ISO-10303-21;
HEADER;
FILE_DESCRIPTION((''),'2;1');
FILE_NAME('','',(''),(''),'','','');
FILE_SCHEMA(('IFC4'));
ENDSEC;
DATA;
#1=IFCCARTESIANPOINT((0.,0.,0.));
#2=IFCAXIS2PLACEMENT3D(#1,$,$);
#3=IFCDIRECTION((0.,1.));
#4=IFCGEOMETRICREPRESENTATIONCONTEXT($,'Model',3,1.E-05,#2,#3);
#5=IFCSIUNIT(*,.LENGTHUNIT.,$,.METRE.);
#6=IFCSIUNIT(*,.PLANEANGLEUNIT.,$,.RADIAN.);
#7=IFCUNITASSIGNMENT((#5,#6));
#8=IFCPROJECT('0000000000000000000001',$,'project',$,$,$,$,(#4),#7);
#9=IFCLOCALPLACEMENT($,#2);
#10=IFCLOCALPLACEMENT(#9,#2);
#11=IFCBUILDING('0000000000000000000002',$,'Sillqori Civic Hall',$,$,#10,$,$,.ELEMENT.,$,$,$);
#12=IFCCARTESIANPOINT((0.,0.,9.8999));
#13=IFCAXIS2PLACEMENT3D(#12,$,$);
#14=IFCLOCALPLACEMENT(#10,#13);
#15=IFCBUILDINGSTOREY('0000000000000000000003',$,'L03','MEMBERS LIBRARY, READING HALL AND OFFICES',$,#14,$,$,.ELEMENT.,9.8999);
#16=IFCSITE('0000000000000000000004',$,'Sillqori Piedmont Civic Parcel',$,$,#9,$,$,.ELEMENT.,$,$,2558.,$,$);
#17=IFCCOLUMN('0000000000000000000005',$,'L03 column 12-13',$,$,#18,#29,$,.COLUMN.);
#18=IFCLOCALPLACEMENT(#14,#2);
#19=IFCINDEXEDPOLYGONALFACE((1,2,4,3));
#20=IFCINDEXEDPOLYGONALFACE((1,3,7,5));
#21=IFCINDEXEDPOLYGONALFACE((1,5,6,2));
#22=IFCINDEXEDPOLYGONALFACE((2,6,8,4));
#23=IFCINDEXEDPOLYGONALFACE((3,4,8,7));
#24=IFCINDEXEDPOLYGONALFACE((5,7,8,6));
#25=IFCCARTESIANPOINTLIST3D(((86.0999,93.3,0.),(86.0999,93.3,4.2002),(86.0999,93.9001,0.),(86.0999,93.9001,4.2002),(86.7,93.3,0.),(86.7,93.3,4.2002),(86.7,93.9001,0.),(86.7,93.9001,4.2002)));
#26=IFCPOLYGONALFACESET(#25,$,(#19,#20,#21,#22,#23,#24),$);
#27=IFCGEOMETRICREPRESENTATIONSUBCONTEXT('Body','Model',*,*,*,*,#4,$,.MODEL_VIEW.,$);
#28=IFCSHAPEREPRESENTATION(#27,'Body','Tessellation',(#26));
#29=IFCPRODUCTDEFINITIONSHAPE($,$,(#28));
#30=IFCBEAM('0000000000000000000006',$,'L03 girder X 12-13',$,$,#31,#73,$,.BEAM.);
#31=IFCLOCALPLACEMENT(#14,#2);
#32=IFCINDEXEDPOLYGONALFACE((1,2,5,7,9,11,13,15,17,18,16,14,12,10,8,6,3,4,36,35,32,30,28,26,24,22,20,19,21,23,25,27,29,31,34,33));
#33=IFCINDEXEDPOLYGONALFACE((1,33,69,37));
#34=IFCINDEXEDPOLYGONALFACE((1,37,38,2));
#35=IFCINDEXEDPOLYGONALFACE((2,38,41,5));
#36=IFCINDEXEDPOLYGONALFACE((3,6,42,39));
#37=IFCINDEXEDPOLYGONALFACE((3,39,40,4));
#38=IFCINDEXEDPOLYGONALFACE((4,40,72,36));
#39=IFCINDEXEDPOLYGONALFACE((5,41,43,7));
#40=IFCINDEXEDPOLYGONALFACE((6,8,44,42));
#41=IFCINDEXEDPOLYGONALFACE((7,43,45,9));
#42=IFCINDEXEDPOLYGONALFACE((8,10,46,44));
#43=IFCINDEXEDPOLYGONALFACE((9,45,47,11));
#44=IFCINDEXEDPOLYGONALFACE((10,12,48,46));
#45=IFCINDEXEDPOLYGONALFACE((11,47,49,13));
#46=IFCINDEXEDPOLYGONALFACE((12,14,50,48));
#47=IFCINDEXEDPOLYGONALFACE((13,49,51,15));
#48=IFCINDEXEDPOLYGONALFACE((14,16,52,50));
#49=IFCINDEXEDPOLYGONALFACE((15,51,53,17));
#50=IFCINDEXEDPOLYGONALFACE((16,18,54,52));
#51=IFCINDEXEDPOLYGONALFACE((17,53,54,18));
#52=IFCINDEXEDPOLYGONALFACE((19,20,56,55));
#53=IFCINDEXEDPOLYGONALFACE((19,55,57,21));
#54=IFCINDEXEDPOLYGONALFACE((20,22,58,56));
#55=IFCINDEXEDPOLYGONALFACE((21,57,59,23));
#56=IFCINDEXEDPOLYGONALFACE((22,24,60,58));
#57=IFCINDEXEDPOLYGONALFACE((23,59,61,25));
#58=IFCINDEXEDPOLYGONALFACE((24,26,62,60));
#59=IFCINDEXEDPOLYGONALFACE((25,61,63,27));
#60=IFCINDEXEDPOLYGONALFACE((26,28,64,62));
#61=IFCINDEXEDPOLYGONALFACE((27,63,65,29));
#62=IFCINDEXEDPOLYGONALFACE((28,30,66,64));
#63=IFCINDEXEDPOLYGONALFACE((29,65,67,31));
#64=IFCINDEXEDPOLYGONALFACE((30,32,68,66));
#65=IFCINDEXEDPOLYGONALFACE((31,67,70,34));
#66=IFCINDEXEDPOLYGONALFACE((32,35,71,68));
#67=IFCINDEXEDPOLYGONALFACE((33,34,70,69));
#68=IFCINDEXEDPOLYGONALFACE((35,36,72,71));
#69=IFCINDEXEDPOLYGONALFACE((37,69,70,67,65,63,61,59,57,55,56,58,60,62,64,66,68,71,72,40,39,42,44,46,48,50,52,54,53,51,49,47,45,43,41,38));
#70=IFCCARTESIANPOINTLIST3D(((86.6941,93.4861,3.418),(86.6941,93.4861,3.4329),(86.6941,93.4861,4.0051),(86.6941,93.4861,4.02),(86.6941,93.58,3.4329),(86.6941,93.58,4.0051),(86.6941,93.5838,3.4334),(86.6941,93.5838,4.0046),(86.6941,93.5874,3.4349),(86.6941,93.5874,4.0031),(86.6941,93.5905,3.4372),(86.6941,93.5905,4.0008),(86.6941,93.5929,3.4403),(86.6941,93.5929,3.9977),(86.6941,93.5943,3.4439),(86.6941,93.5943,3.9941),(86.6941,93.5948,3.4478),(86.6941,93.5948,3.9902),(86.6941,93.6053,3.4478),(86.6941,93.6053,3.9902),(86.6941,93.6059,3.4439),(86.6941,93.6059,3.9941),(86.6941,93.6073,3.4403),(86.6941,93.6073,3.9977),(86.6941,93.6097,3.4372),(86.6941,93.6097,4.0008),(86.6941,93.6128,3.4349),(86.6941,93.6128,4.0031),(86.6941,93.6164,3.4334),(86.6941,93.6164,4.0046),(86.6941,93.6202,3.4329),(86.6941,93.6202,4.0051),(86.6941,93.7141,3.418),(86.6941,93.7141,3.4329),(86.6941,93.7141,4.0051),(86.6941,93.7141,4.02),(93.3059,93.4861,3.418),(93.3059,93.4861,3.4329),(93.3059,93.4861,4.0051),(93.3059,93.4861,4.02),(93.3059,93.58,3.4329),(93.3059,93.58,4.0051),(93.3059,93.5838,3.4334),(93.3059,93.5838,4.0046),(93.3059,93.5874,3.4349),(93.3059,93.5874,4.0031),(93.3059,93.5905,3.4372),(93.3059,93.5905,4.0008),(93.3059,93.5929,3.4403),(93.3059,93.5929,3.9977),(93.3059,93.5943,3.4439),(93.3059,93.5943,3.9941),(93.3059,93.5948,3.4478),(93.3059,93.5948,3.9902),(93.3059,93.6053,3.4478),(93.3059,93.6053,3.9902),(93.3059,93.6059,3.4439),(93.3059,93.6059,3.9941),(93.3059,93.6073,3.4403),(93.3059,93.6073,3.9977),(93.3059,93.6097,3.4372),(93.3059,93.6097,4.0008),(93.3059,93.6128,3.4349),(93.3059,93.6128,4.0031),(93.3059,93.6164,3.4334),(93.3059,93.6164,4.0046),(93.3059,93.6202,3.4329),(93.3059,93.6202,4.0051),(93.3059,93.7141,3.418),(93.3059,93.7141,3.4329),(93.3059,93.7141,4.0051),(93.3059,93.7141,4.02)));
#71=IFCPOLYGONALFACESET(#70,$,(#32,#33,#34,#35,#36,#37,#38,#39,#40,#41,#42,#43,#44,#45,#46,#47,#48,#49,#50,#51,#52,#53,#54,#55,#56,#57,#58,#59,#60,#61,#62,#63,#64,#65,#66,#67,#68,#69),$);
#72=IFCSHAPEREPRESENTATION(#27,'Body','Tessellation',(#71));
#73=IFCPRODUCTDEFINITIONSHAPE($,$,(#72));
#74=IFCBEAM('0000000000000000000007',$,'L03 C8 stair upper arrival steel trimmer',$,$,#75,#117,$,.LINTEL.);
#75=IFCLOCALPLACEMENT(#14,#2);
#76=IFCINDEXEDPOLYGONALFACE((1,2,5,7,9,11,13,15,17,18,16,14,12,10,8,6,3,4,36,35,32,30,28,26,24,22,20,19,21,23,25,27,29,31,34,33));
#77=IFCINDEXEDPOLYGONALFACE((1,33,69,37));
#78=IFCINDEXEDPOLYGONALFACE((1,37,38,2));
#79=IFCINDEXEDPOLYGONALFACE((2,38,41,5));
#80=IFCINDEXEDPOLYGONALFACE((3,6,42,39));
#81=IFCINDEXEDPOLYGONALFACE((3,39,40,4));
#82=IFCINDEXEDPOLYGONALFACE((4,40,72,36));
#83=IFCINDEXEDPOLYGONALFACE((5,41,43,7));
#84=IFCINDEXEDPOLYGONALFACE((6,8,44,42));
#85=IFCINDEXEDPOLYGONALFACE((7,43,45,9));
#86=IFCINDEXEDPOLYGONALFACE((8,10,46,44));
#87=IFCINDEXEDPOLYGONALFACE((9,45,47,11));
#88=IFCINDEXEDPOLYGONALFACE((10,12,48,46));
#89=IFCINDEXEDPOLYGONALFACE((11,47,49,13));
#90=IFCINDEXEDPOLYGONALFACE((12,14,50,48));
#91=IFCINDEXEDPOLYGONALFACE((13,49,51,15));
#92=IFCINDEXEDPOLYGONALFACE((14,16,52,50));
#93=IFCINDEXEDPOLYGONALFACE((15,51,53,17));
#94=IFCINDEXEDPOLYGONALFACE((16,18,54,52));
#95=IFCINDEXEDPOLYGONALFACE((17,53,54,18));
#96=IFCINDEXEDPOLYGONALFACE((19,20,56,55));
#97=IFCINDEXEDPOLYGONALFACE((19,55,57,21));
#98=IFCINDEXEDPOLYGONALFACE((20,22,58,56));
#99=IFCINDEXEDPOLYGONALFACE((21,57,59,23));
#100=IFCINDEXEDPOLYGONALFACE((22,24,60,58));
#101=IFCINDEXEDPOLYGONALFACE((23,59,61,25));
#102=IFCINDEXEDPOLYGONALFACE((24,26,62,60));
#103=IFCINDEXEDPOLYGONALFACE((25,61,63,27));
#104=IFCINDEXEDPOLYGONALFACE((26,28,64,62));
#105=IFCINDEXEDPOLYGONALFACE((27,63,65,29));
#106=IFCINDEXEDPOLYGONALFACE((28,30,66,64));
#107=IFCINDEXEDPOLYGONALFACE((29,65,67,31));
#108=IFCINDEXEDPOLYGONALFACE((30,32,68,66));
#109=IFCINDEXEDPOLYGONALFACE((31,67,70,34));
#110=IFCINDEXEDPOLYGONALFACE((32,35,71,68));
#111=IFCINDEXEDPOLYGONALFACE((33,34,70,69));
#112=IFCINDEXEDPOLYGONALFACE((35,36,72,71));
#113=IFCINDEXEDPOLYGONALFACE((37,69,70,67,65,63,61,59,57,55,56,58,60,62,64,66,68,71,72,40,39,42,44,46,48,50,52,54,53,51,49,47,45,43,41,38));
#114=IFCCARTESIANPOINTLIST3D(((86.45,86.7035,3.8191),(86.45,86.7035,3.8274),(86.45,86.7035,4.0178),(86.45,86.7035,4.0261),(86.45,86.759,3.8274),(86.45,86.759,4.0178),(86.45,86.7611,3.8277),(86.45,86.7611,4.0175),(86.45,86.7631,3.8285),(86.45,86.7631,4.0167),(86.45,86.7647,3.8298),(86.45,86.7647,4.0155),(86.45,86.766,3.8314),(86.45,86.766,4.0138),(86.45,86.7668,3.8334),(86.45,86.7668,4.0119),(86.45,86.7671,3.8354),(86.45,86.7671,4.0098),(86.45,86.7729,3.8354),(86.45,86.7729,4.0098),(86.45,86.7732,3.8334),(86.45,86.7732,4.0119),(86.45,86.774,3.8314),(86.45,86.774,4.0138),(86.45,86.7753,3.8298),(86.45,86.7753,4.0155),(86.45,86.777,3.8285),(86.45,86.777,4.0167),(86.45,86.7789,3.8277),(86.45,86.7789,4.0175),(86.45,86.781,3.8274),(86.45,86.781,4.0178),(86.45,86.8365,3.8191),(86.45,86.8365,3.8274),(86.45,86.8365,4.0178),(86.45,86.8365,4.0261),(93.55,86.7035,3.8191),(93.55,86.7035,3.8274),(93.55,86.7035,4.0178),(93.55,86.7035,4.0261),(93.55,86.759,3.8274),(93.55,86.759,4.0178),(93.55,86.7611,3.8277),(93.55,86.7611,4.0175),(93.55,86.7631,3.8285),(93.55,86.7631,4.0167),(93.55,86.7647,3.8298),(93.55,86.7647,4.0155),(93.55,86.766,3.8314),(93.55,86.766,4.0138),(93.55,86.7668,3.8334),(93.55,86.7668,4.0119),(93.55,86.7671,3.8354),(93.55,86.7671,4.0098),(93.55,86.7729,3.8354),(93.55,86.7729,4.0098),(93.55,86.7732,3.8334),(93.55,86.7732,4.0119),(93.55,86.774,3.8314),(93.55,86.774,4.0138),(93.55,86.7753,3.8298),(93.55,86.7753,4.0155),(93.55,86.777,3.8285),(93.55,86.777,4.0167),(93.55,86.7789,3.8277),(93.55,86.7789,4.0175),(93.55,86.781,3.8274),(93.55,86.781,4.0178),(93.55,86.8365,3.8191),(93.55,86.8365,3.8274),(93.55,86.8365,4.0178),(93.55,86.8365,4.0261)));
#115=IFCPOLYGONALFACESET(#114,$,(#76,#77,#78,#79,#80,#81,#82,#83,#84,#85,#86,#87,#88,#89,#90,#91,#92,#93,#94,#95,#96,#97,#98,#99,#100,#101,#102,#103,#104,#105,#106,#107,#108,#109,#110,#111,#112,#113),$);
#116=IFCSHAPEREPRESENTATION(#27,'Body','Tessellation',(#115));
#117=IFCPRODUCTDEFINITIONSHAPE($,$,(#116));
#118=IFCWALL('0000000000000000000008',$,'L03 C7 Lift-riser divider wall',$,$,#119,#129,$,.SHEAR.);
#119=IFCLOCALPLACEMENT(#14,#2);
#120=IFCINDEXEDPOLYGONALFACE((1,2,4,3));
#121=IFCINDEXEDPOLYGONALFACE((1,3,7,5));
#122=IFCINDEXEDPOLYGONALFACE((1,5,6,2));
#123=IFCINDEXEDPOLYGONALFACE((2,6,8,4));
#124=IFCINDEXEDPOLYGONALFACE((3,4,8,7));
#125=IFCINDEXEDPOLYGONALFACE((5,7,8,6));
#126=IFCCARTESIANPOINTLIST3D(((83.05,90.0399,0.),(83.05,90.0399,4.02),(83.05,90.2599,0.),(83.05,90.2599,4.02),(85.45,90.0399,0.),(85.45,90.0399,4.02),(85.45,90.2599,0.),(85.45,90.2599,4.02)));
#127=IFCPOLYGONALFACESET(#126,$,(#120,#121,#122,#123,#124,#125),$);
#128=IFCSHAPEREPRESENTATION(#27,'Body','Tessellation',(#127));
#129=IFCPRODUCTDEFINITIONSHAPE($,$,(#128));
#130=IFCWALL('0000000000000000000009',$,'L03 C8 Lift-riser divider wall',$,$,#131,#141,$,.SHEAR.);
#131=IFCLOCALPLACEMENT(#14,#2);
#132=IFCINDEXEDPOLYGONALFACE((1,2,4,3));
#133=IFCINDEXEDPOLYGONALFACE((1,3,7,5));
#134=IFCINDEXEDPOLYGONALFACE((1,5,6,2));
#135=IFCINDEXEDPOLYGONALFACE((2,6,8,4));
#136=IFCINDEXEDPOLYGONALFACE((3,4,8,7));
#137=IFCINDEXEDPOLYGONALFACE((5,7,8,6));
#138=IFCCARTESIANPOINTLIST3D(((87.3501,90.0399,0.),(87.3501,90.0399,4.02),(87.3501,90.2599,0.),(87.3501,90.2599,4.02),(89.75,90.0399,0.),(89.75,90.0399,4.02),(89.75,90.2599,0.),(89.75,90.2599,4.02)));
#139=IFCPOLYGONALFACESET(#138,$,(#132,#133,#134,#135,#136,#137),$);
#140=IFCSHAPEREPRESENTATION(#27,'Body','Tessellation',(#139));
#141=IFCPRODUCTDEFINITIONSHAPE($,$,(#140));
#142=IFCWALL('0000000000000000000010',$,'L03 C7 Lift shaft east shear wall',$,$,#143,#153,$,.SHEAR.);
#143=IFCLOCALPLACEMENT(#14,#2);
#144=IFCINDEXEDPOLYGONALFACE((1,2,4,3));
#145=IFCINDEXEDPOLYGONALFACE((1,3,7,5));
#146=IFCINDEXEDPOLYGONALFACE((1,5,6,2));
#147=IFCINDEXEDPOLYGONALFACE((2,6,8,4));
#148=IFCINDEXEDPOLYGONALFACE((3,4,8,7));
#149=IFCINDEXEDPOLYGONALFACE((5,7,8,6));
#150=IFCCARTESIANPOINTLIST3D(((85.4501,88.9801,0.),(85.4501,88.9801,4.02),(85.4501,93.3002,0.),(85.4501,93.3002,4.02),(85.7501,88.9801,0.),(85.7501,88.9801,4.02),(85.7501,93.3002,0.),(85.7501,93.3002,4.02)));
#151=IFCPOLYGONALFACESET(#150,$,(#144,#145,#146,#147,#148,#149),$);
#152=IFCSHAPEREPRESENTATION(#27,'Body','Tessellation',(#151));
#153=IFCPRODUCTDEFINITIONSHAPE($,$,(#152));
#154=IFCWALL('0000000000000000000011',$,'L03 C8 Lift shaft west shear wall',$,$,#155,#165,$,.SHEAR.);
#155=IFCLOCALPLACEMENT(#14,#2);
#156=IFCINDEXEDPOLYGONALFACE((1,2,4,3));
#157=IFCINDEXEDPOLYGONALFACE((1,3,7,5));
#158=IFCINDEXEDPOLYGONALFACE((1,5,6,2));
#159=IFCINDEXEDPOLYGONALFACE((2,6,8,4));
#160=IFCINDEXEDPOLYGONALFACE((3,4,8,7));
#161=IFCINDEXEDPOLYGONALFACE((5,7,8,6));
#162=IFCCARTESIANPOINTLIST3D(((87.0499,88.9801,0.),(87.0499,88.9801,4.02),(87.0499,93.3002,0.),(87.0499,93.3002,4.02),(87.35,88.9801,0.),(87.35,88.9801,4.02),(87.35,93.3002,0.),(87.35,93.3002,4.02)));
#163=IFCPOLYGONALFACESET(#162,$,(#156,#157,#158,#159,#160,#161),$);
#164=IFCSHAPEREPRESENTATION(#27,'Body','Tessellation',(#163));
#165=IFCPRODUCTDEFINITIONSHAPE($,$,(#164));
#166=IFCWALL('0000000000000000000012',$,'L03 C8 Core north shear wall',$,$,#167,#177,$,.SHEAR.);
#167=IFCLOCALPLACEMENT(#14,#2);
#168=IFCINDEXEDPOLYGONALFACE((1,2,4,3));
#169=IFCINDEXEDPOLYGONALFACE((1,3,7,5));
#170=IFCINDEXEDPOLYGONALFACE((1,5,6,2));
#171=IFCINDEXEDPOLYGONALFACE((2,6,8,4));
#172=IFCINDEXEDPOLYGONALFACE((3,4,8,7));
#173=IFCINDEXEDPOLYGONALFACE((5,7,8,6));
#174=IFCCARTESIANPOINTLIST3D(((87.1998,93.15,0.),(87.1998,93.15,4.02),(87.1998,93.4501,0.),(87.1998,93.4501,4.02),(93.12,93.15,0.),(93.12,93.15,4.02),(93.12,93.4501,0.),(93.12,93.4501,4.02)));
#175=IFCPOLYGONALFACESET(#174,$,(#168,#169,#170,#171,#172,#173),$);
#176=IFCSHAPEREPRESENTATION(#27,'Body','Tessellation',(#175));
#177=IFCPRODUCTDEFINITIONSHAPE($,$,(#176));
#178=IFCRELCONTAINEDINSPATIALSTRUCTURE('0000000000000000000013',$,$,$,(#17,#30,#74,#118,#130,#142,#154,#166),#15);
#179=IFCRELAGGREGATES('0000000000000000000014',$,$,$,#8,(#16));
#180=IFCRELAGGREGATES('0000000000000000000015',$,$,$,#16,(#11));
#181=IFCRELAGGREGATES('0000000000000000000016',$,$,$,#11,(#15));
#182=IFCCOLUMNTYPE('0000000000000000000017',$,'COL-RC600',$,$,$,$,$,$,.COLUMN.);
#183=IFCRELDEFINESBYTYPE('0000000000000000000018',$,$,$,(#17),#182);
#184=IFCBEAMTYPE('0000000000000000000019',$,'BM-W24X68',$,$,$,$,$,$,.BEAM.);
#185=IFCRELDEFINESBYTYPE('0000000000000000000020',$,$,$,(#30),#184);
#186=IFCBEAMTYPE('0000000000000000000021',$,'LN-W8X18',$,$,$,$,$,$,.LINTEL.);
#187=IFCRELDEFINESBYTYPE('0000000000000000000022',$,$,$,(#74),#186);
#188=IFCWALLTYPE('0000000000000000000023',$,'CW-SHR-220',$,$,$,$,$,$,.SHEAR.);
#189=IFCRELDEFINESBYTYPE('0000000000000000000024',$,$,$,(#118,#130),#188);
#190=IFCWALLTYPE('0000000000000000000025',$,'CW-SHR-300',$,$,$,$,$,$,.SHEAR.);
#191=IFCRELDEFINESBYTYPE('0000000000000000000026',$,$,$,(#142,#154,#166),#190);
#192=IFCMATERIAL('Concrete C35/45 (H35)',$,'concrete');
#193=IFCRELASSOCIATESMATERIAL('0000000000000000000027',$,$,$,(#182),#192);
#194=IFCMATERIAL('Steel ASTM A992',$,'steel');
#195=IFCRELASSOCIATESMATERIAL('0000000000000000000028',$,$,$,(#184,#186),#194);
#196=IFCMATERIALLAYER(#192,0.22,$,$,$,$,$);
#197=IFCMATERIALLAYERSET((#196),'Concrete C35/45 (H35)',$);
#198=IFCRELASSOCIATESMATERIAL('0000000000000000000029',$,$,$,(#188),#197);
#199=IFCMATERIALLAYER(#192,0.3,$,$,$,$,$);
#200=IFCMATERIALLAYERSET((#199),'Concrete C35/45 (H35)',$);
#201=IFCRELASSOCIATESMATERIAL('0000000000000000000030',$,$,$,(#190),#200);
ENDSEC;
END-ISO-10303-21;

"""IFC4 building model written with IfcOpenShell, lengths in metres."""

from ifc_helpers import new_model, si_unit, direction, frame, frame_2d, origin, origin_2d, place, context, subcontext, project, spatial, rectangle, i_section, extrude, material, layer, layer_set, material_profile, profile_set, type_object, element, save


model = new_model("IFC4")

# Units and contexts
model_context = context("Model", 3, precision=1e-05, world=origin(), true_north=direction((0.0, 1.0)))
body_context = subcontext(model_context, "Body", "Model", "MODEL_VIEW")
ifc_project = project(units=[si_unit("LENGTHUNIT", "METRE"), si_unit("PLANEANGLEUNIT", "RADIAN")], contexts=[model_context])

# Site, building, storey
site_placement = place(None, origin())
site = spatial("IfcSite", under=ifc_project, at=site_placement, Name="Sillqori Piedmont Civic Parcel", CompositionType="ELEMENT", RefElevation=2558.0)
building_placement = place(site_placement, origin())
building = spatial("IfcBuilding", under=site, at=building_placement, Name="Sillqori Civic Hall", CompositionType="ELEMENT")
storey_placement = place(building_placement, frame((0.0, 0.0, 9.8999)))
storey = spatial("IfcBuildingStorey", under=building, at=storey_placement, Name="L03", Description="MEMBERS LIBRARY, READING HALL AND OFFICES", CompositionType="ELEMENT", Elevation=9.8999)

# Column
ifc_material_1 = material(Name="Concrete C35/45 (H35)", Category="concrete")
ifc_material_profile_1 = material_profile(ifc_material_1, rectangle(XDim=0.6001, YDim=0.6001, at=origin_2d()), Name="RC 600x600")
ifc_profile_set_1 = profile_set([ifc_material_profile_1], Name="Concrete C35/45 (H35)")
column_type = type_object("IfcColumnType", Name="COL-RC600", PredefinedType="COLUMN", material=ifc_profile_set_1)
column_placement = place(storey_placement, frame((86.3999, 93.6001, 0.0), z_axis=(0.0, 0.0, 1.0), x_axis=(1.0, 0.0, 0.0)))
element("IfcColumn", 1, at=column_placement, inside=storey, type_object=column_type, Name="L03 column 12-13", PredefinedType="COLUMN", context=body_context, shape_type="SweptSolid", body=[
    extrude(rectangle(XDim=0.6001, YDim=0.6001, at=origin_2d()), origin(), (0.0, 0.0, 1.0), 4.2002),
])

# Beams
ifc_material_2 = material(Name="Steel ASTM A992", Category="steel")
ifc_material_profile_2 = material_profile(ifc_material_2, i_section(OverallWidth=0.228, OverallDepth=0.6021, WebThickness=0.0105, FlangeThickness=0.0149, FilletRadius=0.0149, at=origin_2d()), Name="W24X68")
ifc_profile_set_2 = profile_set([ifc_material_profile_2], Name="Steel ASTM A992")
beam_type_1 = type_object("IfcBeamType", Name="BM-W24X68", PredefinedType="BEAM", material=ifc_profile_set_2)
beam_1_placement = place(storey_placement, frame((86.6941, 93.6001, 3.719), z_axis=(1.0, 0.0, 0.0), x_axis=(0.0, 1.0, 0.0)))
element("IfcBeam", 2, at=beam_1_placement, inside=storey, type_object=beam_type_1, Name="L03 girder X 12-13", PredefinedType="BEAM", context=body_context, shape_type="SweptSolid", body=[
    extrude(i_section(OverallWidth=0.228, OverallDepth=0.6021, WebThickness=0.0105, FlangeThickness=0.0149, FilletRadius=0.0149, at=origin_2d()), origin(), (0.0, 0.0, 1.0), 6.6118),
])
ifc_material_profile_3 = material_profile(ifc_material_2, i_section(OverallWidth=0.1331, OverallDepth=0.207, WebThickness=0.0059, FlangeThickness=0.0083, FilletRadius=0.0081, at=origin_2d()), Name="W8X18")
ifc_profile_set_3 = profile_set([ifc_material_profile_3], Name="Steel ASTM A992")
beam_type_2 = type_object("IfcBeamType", Name="LN-W8X18", PredefinedType="LINTEL", material=ifc_profile_set_3)
beam_2_placement = place(storey_placement, frame((86.45, 86.77, 3.9226), z_axis=(1.0, 0.0, 0.0), x_axis=(0.0, 1.0, 0.0)))
element("IfcBeam", 3, at=beam_2_placement, inside=storey, type_object=beam_type_2, Name="L03 C8 stair upper arrival steel trimmer", PredefinedType="LINTEL", context=body_context, shape_type="SweptSolid", body=[
    extrude(i_section(OverallWidth=0.1331, OverallDepth=0.207, WebThickness=0.0059, FlangeThickness=0.0083, FilletRadius=0.0081, at=origin_2d()), origin(), (0.0, 0.0, 1.0), 7.1001),
])

# Walls
ifc_layer_1 = layer(ifc_material_1, 0.22)
ifc_layer_set_1 = layer_set([ifc_layer_1], Name="Concrete C35/45 (H35)")
wall_type_1 = type_object("IfcWallType", Name="CW-SHR-220", PredefinedType="SHEAR", material=ifc_layer_set_1)
for number, where, z_axis, x_axis, name in (
    (4, (83.05, 90.1499, 0.0), (0.0, 0.0, 1.0), (1.0, 0.0, 0.0), "L03 C7 Lift-riser divider wall"),
    (5, (87.3501, 90.1499, 0.0), (0.0, 0.0, 1.0), (1.0, 0.0, 0.0), "L03 C8 Lift-riser divider wall"),
):
    element("IfcWall", number, at=place(storey_placement, frame(where, z_axis=z_axis, x_axis=x_axis)), inside=storey, type_object=wall_type_1, Name=name, PredefinedType="SHEAR", context=body_context, shape_type="SweptSolid", body=[
        extrude(rectangle(XDim=2.3999, YDim=0.22, at=frame_2d((1.2, 0.0))), origin(), (0.0, 0.0, 1.0), 4.02),
    ])

# Walls
ifc_layer_2 = layer(ifc_material_1, 0.3)
ifc_layer_set_2 = layer_set([ifc_layer_2], Name="Concrete C35/45 (H35)")
wall_type_2 = type_object("IfcWallType", Name="CW-SHR-300", PredefinedType="SHEAR", material=ifc_layer_set_2)
for number, where, z_axis, x_axis, name in (
    (6, (85.6001, 88.98, 0.0), (0.0, 0.0, 1.0), (0.0, 1.0, 0.0), "L03 C7 Lift shaft east shear wall"),
    (7, (87.2, 88.98, 0.0), (0.0, 0.0, 1.0), (0.0, 1.0, 0.0), "L03 C8 Lift shaft west shear wall"),
):
    element("IfcWall", number, at=place(storey_placement, frame(where, z_axis=z_axis, x_axis=x_axis)), inside=storey, type_object=wall_type_2, Name=name, PredefinedType="SHEAR", context=body_context, shape_type="SweptSolid", body=[
        extrude(rectangle(XDim=4.3201, YDim=0.3, at=frame_2d((2.1602, 0.0))), origin(), (0.0, 0.0, 1.0), 4.02),
    ])
wall_1_placement = place(storey_placement, frame((87.2, 93.3, 0.0), z_axis=(0.0, 0.0, 1.0), x_axis=(1.0, 0.0, 0.0)))
element("IfcWall", 8, at=wall_1_placement, inside=storey, type_object=wall_type_2, Name="L03 C8 Core north shear wall", PredefinedType="SHEAR", context=body_context, shape_type="SweptSolid", body=[
    extrude(rectangle(XDim=5.9202, YDim=0.3, at=frame_2d((2.96, 0.0))), origin(), (0.0, 0.0, 1.0), 4.02),
])

save(model, "model.ifc")
